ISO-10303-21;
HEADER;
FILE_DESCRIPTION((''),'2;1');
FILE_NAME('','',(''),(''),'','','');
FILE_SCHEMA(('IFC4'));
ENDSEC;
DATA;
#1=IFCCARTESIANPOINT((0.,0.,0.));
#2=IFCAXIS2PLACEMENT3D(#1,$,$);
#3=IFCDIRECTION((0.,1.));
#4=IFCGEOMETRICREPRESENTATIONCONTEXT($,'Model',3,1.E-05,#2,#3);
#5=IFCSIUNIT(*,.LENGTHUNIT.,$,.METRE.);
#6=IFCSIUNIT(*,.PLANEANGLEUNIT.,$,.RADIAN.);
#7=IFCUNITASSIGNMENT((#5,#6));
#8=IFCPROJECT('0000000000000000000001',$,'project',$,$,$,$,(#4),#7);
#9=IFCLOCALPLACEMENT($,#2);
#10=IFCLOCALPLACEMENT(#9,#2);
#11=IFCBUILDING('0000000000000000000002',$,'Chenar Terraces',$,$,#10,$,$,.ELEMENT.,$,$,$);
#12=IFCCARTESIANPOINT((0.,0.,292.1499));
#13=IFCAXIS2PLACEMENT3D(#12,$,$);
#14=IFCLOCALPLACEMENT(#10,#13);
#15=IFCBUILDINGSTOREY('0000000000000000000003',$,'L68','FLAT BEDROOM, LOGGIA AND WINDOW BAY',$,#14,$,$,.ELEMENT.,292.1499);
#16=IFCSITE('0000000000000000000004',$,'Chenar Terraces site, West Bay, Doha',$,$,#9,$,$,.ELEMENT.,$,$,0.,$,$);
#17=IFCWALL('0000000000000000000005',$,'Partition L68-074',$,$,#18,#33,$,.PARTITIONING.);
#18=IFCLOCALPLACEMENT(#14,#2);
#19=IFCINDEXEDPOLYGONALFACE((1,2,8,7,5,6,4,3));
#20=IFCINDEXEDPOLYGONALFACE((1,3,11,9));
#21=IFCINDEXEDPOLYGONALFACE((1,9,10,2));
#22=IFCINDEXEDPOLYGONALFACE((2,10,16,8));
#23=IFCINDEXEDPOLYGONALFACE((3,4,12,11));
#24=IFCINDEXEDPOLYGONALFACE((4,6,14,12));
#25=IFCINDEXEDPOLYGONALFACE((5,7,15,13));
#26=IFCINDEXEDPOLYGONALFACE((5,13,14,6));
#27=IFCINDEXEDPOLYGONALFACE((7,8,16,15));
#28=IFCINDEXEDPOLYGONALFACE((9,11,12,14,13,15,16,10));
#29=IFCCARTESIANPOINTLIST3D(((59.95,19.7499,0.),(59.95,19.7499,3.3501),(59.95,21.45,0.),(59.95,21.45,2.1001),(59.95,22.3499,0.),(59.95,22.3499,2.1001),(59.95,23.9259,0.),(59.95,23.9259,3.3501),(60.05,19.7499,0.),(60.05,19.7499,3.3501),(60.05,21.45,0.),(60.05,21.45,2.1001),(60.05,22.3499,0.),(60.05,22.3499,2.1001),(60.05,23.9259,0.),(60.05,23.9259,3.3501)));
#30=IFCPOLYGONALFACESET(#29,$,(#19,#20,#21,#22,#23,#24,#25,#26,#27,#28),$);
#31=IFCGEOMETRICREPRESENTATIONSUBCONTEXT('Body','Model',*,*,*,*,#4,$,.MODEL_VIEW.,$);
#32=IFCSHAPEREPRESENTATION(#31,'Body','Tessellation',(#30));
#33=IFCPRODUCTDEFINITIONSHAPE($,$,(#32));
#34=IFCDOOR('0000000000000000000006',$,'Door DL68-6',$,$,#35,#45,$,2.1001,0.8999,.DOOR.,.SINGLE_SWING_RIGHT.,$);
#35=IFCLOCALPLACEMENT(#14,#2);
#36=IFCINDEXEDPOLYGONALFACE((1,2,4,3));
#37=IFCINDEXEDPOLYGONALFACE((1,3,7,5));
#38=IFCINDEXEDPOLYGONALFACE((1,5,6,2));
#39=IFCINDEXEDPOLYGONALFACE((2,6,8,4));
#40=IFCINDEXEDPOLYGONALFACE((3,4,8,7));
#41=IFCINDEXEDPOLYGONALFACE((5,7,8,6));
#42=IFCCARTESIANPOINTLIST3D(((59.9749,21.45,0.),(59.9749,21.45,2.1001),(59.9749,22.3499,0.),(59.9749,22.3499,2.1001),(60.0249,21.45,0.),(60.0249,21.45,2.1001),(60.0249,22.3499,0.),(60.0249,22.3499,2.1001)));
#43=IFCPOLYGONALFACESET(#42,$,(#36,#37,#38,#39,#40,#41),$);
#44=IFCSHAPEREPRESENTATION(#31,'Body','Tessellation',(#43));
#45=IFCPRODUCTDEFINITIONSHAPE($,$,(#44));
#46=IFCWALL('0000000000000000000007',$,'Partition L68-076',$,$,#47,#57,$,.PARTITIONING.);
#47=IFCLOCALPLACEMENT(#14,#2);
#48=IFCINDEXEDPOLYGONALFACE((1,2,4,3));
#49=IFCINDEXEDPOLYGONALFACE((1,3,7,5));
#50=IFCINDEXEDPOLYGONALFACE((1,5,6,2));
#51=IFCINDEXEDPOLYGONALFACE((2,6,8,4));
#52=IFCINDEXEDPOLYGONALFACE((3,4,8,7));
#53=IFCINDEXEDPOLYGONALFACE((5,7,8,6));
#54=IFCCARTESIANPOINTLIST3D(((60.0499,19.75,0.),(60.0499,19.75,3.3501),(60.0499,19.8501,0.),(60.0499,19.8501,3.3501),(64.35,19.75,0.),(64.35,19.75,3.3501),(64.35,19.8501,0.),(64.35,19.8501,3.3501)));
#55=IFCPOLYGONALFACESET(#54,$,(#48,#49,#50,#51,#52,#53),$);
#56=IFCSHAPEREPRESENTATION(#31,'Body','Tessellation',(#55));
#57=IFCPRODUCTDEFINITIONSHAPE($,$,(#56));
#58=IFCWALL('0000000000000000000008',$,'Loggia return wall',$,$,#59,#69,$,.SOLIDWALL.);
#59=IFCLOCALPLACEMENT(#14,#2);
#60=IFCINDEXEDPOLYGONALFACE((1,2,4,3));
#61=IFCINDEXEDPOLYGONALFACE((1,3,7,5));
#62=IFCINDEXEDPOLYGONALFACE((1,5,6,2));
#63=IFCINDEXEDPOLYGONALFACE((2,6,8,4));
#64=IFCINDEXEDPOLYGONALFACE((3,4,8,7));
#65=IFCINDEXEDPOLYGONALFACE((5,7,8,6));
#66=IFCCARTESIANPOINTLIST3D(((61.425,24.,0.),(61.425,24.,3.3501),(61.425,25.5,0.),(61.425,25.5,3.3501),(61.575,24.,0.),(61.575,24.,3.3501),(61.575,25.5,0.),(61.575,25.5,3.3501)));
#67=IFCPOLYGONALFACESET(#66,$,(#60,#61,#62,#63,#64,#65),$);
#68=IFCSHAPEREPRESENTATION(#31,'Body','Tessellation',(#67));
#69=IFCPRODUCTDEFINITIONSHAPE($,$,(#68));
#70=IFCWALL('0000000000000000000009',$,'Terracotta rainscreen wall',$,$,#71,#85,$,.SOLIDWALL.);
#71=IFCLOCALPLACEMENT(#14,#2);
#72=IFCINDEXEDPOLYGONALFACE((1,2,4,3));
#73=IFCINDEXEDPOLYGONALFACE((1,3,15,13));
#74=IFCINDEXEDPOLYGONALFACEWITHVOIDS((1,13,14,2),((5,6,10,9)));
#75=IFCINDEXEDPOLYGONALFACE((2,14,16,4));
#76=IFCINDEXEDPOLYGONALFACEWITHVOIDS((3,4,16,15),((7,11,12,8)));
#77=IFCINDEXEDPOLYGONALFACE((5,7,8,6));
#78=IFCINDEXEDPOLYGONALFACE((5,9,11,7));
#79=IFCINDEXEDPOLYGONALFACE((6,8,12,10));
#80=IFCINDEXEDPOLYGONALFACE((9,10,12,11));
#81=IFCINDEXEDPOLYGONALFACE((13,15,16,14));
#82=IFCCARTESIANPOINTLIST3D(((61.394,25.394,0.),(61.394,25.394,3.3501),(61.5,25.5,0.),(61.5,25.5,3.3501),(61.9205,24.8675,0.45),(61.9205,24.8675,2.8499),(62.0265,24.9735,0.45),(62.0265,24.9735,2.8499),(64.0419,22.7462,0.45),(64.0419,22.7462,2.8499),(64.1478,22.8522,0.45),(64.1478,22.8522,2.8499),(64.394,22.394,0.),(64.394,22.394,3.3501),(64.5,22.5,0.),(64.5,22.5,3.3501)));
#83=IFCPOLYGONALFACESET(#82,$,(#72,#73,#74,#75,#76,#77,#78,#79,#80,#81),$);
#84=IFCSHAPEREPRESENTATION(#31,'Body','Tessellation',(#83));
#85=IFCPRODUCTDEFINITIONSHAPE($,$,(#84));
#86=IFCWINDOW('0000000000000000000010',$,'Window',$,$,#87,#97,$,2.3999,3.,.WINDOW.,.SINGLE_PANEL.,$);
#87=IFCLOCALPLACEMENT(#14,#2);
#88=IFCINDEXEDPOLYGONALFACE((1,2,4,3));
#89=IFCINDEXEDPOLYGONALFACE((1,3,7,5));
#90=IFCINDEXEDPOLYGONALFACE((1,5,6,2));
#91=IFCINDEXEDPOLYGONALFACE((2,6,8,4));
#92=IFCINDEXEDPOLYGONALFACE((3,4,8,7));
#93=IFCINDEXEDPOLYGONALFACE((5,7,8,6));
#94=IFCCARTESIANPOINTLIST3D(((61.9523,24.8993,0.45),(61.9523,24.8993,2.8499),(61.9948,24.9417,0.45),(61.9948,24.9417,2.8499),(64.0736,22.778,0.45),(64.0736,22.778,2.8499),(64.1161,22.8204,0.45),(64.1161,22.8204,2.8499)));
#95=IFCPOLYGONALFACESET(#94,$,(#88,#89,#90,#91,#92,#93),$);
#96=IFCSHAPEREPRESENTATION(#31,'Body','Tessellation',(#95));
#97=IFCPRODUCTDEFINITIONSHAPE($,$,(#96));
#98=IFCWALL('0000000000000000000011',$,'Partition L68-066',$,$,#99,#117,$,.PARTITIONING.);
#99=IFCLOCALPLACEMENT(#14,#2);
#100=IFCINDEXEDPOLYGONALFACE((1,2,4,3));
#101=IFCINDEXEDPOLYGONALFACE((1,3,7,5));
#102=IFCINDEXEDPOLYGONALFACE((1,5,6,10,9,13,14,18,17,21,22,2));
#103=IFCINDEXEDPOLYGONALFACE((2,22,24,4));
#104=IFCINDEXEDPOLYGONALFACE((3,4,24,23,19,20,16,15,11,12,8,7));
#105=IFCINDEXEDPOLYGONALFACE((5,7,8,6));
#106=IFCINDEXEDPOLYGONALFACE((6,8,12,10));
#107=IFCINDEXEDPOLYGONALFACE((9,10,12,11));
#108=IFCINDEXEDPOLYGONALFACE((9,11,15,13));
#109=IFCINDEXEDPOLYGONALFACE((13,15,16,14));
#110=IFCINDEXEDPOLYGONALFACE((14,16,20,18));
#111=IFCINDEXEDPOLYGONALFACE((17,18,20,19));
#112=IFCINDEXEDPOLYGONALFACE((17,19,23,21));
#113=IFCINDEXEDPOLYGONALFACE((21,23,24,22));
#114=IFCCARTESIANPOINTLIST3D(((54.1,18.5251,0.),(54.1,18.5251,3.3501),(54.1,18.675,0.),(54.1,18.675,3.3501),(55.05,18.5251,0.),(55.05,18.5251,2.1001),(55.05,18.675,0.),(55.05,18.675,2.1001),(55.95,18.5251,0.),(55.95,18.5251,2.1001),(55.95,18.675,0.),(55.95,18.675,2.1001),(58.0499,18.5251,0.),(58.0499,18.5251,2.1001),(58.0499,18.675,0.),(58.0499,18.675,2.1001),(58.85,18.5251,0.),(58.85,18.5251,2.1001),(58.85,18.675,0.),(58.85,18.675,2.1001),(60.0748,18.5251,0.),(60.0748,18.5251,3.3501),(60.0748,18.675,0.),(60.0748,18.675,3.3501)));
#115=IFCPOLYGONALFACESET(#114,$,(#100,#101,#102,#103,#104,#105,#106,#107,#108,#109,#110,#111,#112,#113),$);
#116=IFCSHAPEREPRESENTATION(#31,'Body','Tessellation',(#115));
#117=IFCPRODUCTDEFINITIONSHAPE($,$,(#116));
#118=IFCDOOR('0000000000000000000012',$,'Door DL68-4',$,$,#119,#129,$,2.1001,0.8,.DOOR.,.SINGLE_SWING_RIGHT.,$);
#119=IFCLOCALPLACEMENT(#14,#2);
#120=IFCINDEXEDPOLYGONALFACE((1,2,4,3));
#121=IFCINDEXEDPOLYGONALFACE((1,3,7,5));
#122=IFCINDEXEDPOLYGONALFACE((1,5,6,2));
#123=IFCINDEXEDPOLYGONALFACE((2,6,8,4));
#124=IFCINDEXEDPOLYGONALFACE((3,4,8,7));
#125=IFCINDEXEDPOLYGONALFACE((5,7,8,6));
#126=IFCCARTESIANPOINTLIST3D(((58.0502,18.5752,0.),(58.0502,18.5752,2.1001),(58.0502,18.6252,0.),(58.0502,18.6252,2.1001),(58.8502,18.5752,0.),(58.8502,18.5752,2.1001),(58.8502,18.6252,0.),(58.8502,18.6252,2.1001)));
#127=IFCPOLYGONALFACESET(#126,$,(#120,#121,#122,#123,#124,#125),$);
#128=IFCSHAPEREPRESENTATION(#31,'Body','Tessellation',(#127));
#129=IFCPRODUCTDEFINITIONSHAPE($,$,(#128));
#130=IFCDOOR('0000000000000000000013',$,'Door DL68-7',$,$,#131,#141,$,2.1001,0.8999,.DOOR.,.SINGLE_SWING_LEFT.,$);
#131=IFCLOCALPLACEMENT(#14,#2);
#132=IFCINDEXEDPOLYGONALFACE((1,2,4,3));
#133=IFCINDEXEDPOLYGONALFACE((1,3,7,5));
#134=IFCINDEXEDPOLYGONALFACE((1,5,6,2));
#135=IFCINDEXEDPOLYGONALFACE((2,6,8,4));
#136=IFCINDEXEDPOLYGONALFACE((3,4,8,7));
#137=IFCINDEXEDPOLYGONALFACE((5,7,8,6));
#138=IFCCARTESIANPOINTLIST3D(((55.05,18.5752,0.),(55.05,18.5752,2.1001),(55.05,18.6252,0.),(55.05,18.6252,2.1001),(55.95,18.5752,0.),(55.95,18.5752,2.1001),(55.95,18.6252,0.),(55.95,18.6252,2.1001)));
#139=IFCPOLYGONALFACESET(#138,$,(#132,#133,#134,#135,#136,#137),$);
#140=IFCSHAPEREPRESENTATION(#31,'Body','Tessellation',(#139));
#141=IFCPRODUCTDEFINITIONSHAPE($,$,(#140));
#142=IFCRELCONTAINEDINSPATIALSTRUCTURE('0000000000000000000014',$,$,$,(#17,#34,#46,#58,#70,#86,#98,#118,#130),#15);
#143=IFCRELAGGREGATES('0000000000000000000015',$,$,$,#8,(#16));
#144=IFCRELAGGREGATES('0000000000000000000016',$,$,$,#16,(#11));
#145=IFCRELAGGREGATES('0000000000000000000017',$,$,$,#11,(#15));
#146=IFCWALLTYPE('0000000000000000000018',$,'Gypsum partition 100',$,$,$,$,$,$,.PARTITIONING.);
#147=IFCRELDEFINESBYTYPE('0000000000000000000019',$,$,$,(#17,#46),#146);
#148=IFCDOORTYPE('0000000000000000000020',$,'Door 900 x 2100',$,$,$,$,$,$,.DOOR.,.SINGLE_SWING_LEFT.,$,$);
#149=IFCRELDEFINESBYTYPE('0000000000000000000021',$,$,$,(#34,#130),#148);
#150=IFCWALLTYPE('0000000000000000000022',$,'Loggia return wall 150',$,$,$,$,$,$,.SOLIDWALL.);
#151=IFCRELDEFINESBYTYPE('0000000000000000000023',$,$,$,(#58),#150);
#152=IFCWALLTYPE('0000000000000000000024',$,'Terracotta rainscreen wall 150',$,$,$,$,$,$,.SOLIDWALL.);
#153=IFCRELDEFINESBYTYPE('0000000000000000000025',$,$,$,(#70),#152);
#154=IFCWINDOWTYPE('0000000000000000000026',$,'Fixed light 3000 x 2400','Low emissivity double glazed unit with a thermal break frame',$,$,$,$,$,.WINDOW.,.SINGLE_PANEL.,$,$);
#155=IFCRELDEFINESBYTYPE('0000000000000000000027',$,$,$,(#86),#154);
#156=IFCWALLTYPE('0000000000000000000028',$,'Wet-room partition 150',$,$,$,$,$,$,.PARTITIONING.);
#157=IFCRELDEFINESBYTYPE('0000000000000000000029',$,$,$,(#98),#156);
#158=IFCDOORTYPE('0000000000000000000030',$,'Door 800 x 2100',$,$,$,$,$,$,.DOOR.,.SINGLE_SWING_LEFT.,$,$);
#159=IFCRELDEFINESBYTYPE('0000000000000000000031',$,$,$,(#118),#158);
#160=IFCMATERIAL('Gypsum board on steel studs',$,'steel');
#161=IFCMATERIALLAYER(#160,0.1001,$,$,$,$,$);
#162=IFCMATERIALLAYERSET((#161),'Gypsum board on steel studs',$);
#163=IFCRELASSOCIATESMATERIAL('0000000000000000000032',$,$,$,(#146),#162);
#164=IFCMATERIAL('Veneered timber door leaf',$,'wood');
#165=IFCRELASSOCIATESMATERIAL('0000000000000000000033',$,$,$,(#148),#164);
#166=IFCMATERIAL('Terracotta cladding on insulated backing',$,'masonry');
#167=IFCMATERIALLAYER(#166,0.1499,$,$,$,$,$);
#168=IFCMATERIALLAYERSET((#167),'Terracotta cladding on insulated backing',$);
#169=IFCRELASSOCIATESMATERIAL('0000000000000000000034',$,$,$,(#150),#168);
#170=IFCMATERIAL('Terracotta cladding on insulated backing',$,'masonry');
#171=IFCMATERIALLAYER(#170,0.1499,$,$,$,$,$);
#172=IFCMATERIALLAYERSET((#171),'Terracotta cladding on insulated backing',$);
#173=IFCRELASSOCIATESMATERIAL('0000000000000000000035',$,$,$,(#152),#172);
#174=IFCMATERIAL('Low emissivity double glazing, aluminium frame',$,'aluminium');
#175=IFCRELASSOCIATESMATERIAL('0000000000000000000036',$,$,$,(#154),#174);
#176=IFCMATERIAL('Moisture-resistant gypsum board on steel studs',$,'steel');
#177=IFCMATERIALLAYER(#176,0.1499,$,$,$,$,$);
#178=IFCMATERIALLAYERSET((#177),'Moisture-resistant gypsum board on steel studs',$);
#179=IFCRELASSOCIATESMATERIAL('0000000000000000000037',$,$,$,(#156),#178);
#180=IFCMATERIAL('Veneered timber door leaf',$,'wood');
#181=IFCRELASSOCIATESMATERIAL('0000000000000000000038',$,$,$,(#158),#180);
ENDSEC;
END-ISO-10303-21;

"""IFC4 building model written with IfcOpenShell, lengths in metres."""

from ifc_helpers import new_model, si_unit, direction, frame, frame_2d, origin, place, context, subcontext, project, spatial, rectangle, extrude, material, layer, layer_set, type_object, element, fill, save


model = new_model("IFC4")

# Units and contexts
model_context = context("Model", 3, precision=1e-05, world=origin(), true_north=direction((0.0, 1.0)))
body_context = subcontext(model_context, "Body", "Model", "MODEL_VIEW")
ifc_project = project(units=[si_unit("LENGTHUNIT", "METRE"), si_unit("PLANEANGLEUNIT", "RADIAN")], contexts=[model_context])

# Site, building, storey
site_placement = place(None, origin())
site = spatial("IfcSite", under=ifc_project, at=site_placement, Name="Chenar Terraces site, West Bay, Doha", CompositionType="ELEMENT", RefElevation=0.0)
building_placement = place(site_placement, origin())
building = spatial("IfcBuilding", under=site, at=building_placement, Name="Chenar Terraces", CompositionType="ELEMENT")
storey_placement = place(building_placement, frame((0.0, 0.0, 292.1499)))
storey = spatial("IfcBuildingStorey", under=building, at=storey_placement, Name="L68", Description="FLAT BEDROOM, LOGGIA AND WINDOW BAY", CompositionType="ELEMENT", Elevation=292.1499)

# Shared definitions
ifc_material_1 = material(Name="Gypsum board on steel studs", Category="steel")
ifc_layer_1 = layer(ifc_material_1, 0.1001)
ifc_layer_set_1 = layer_set([ifc_layer_1], Name="Gypsum board on steel studs")
wall_type_1 = type_object("IfcWallType", Name="Gypsum partition 100", PredefinedType="PARTITIONING", material=ifc_layer_set_1)

# Wall, opening, door
ifc_material_2 = material(Name="Veneered timber door leaf", Category="wood")
door_type_1 = type_object("IfcDoorType", Name="Door 900 x 2100", OperationType="SINGLE_SWING_LEFT", PredefinedType="DOOR", material=ifc_material_2)
wall_1_placement = place(storey_placement, frame((60.0, 19.75, 0.0), z_axis=(0.0, 0.0, 1.0), x_axis=(0.0, 1.0, 0.0)))
wall_1 = element("IfcWall", 1, at=wall_1_placement, inside=storey, type_object=wall_type_1, Name="Partition L68-074", PredefinedType="PARTITIONING", context=body_context, shape_type="SweptSolid", body=[
    extrude(rectangle(XDim=4.176, YDim=0.1001, at=frame_2d((2.0879, 0.0))), origin(), (0.0, 0.0, 1.0), 3.3501),
])
opening_1_placement = place(wall_1_placement, frame((1.7, 0.0, 0.0)))
opening_1 = element("IfcOpeningElement", 2, at=opening_1_placement, cuts=wall_1, PredefinedType="OPENING", context=body_context, shape_type="SweptSolid", body=[
    extrude(rectangle(XDim=0.8999, YDim=2.1001, at=frame_2d((0.45, 1.05))), frame((0.0, 0.0601, 0.0), z_axis=(0.0, -1.0, 0.0), x_axis=(1.0, 0.0, 0.0)), (0.0, 0.0, 1.0), 0.1201),
])
door_1_placement = place(opening_1_placement, frame((0.8999, 0.0, 0.0), z_axis=(0.0, 0.0, 1.0), x_axis=(-1.0, 0.0, 0.0)))
door_1 = element("IfcDoor", 3, at=door_1_placement, inside=storey, type_object=door_type_1, Name="Door DL68-6", OperationType="SINGLE_SWING_RIGHT", OverallHeight=2.1001, OverallWidth=0.8999, PredefinedType="DOOR", context=body_context, shape_type="SweptSolid", body=[
    extrude(rectangle(XDim=0.8999, YDim=2.1001, at=frame_2d((0.45, 1.05))), frame((0.0, 0.0249, 0.0), z_axis=(0.0, -1.0, 0.0), x_axis=(1.0, 0.0, 0.0)), (0.0, 0.0, 1.0), 0.05),
])
fill(opening_1, door_1)

# Walls
wall_2_placement = place(storey_placement, frame((60.05, 19.8, 0.0), z_axis=(0.0, 0.0, 1.0), x_axis=(1.0, 0.0, 0.0)))
element("IfcWall", 4, at=wall_2_placement, inside=storey, type_object=wall_type_1, Name="Partition L68-076", PredefinedType="PARTITIONING", context=body_context, shape_type="SweptSolid", body=[
    extrude(rectangle(XDim=4.3, YDim=0.1001, at=frame_2d((2.1499, 0.0))), origin(), (0.0, 0.0, 1.0), 3.3501),
])
ifc_material_3 = material(Name="Terracotta cladding on insulated backing", Category="masonry")
ifc_layer_2 = layer(ifc_material_3, 0.1499)
ifc_layer_set_2 = layer_set([ifc_layer_2], Name="Terracotta cladding on insulated backing")
wall_type_2 = type_object("IfcWallType", Name="Loggia return wall 150", PredefinedType="SOLIDWALL", material=ifc_layer_set_2)
wall_3_placement = place(storey_placement, frame((61.5, 25.5, 0.0), z_axis=(0.0, 0.0, 1.0), x_axis=(0.0, -1.0, 0.0)))
element("IfcWall", 5, at=wall_3_placement, inside=storey, type_object=wall_type_2, Name="Loggia return wall", PredefinedType="SOLIDWALL", context=body_context, shape_type="SweptSolid", body=[
    extrude(rectangle(XDim=1.5, YDim=0.1499, at=frame_2d((0.75, 0.0))), origin(), (0.0, 0.0, 1.0), 3.3501),
])

# Wall, opening, window
ifc_material_4 = material(Name="Terracotta cladding on insulated backing", Category="masonry")
ifc_layer_3 = layer(ifc_material_4, 0.1499)
ifc_layer_set_3 = layer_set([ifc_layer_3], Name="Terracotta cladding on insulated backing")
wall_type_3 = type_object("IfcWallType", Name="Terracotta rainscreen wall 150", PredefinedType="SOLIDWALL", material=ifc_layer_set_3)
wall_4_placement = place(storey_placement, frame((64.447, 22.447, 0.0), z_axis=(0.0, 0.0, 1.0), x_axis=(-0.707107, 0.707107, 0.0)))
wall_4 = element("IfcWall", 6, at=wall_4_placement, inside=storey, type_object=wall_type_3, Name="Terracotta rainscreen wall", PredefinedType="SOLIDWALL", context=body_context, shape_type="SweptSolid", body=[
    extrude(rectangle(XDim=4.2427, YDim=0.1499, at=frame_2d((2.1213, 0.0))), origin(), (0.0, 0.0, 1.0), 3.3501),
])
opening_2_placement = place(wall_4_placement, frame((0.498, 0.0, 0.45)))
opening_2 = element("IfcOpeningElement", 7, at=opening_2_placement, cuts=wall_4, PredefinedType="OPENING", context=body_context, shape_type="SweptSolid", body=[
    extrude(rectangle(XDim=3.0, YDim=2.3999, at=frame_2d((1.5, 1.2))), frame((0.0, 0.085, 0.0), z_axis=(0.0, -1.0, 0.0), x_axis=(1.0, 0.0, 0.0)), (0.0, 0.0, 1.0), 0.1699),
])
ifc_material_5 = material(Name="Low emissivity double glazing, aluminium frame", Category="aluminium")
window_type_1 = type_object("IfcWindowType", Name="Fixed light 3000 x 2400", Description="Low emissivity double glazed unit with a thermal break frame", PartitioningType="SINGLE_PANEL", PredefinedType="WINDOW", material=ifc_material_5)
window_1_placement = place(opening_2_placement, origin())
window_1 = element("IfcWindow", 8, at=window_1_placement, inside=storey, type_object=window_type_1, Name="Window", OverallHeight=2.3999, OverallWidth=3.0, PartitioningType="SINGLE_PANEL", PredefinedType="WINDOW", context=body_context, shape_type="SweptSolid", body=[
    extrude(rectangle(XDim=3.0, YDim=2.3999, at=frame_2d((1.5, 1.2))), frame((0.0, 0.03, 0.0), z_axis=(0.0, -1.0, 0.0), x_axis=(1.0, 0.0, 0.0)), (0.0, 0.0, 1.0), 0.0601),
])
fill(opening_2, window_1)

# Wall, openings, doors
ifc_material_6 = material(Name="Moisture-resistant gypsum board on steel studs", Category="steel")
ifc_layer_4 = layer(ifc_material_6, 0.1499)
ifc_layer_set_4 = layer_set([ifc_layer_4], Name="Moisture-resistant gypsum board on steel studs")
wall_type_4 = type_object("IfcWallType", Name="Wet-room partition 150", PredefinedType="PARTITIONING", material=ifc_layer_set_4)
wall_5_placement = place(storey_placement, frame((54.1001, 18.6001, 0.0), z_axis=(0.0, 0.0, 1.0), x_axis=(1.0, 0.0, 0.0)))
wall_5 = element("IfcWall", 9, at=wall_5_placement, inside=storey, type_object=wall_type_4, Name="Partition L68-066", PredefinedType="PARTITIONING", context=body_context, shape_type="SweptSolid", body=[
    extrude(rectangle(XDim=5.9749, YDim=0.1499, at=frame_2d((2.9873, 0.0))), origin(), (0.0, 0.0, 1.0), 3.3501),
])
opening_3_placement = place(wall_5_placement, frame((3.95, 0.0, 0.0)))
opening_3 = element("IfcOpeningElement", 10, at=opening_3_placement, cuts=wall_5, PredefinedType="OPENING", context=body_context, shape_type="SweptSolid", body=[
    extrude(rectangle(XDim=0.8, YDim=2.1001, at=frame_2d((0.3999, 1.05))), frame((0.0, 0.085, 0.0), z_axis=(0.0, -1.0, 0.0), x_axis=(1.0, 0.0, 0.0)), (0.0, 0.0, 1.0), 0.1699),
])
opening_4_placement = place(wall_5_placement, frame((0.95, 0.0, 0.0)))
opening_4 = element("IfcOpeningElement", 11, at=opening_4_placement, cuts=wall_5, PredefinedType="OPENING", context=body_context, shape_type="SweptSolid", body=[
    extrude(rectangle(XDim=0.8999, YDim=2.1001, at=frame_2d((0.45, 1.05))), frame((0.0, 0.085, 0.0), z_axis=(0.0, -1.0, 0.0), x_axis=(1.0, 0.0, 0.0)), (0.0, 0.0, 1.0), 0.1699),
])
ifc_material_7 = material(Name="Veneered timber door leaf", Category="wood")
door_type_2 = type_object("IfcDoorType", Name="Door 800 x 2100", OperationType="SINGLE_SWING_LEFT", PredefinedType="DOOR", material=ifc_material_7)
door_2_placement = place(opening_3_placement, frame((0.8, 0.0, 0.0), z_axis=(0.0, 0.0, 1.0), x_axis=(-1.0, 0.0, 0.0)))
door_2 = element("IfcDoor", 12, at=door_2_placement, inside=storey, type_object=door_type_2, Name="Door DL68-4", OperationType="SINGLE_SWING_RIGHT", OverallHeight=2.1001, OverallWidth=0.8, PredefinedType="DOOR", context=body_context, shape_type="SweptSolid", body=[
    extrude(rectangle(XDim=0.8, YDim=2.1001, at=frame_2d((0.3999, 1.05))), frame((0.0, 0.0249, 0.0), z_axis=(0.0, -1.0, 0.0), x_axis=(1.0, 0.0, 0.0)), (0.0, 0.0, 1.0), 0.05),
])
fill(opening_3, door_2)
door_3_placement = place(opening_4_placement, frame((0.8999, 0.0, 0.0), z_axis=(0.0, 0.0, 1.0), x_axis=(-1.0, 0.0, 0.0)))
door_3 = element("IfcDoor", 13, at=door_3_placement, inside=storey, type_object=door_type_1, Name="Door DL68-7", OperationType="SINGLE_SWING_LEFT", OverallHeight=2.1001, OverallWidth=0.8999, PredefinedType="DOOR", context=body_context, shape_type="SweptSolid", body=[
    extrude(rectangle(XDim=0.8999, YDim=2.1001, at=frame_2d((0.45, 1.05))), frame((0.0, 0.0249, 0.0), z_axis=(0.0, -1.0, 0.0), x_axis=(1.0, 0.0, 0.0)), (0.0, 0.0, 1.0), 0.05),
])
fill(opening_4, door_3)

save(model, "model.ifc")
